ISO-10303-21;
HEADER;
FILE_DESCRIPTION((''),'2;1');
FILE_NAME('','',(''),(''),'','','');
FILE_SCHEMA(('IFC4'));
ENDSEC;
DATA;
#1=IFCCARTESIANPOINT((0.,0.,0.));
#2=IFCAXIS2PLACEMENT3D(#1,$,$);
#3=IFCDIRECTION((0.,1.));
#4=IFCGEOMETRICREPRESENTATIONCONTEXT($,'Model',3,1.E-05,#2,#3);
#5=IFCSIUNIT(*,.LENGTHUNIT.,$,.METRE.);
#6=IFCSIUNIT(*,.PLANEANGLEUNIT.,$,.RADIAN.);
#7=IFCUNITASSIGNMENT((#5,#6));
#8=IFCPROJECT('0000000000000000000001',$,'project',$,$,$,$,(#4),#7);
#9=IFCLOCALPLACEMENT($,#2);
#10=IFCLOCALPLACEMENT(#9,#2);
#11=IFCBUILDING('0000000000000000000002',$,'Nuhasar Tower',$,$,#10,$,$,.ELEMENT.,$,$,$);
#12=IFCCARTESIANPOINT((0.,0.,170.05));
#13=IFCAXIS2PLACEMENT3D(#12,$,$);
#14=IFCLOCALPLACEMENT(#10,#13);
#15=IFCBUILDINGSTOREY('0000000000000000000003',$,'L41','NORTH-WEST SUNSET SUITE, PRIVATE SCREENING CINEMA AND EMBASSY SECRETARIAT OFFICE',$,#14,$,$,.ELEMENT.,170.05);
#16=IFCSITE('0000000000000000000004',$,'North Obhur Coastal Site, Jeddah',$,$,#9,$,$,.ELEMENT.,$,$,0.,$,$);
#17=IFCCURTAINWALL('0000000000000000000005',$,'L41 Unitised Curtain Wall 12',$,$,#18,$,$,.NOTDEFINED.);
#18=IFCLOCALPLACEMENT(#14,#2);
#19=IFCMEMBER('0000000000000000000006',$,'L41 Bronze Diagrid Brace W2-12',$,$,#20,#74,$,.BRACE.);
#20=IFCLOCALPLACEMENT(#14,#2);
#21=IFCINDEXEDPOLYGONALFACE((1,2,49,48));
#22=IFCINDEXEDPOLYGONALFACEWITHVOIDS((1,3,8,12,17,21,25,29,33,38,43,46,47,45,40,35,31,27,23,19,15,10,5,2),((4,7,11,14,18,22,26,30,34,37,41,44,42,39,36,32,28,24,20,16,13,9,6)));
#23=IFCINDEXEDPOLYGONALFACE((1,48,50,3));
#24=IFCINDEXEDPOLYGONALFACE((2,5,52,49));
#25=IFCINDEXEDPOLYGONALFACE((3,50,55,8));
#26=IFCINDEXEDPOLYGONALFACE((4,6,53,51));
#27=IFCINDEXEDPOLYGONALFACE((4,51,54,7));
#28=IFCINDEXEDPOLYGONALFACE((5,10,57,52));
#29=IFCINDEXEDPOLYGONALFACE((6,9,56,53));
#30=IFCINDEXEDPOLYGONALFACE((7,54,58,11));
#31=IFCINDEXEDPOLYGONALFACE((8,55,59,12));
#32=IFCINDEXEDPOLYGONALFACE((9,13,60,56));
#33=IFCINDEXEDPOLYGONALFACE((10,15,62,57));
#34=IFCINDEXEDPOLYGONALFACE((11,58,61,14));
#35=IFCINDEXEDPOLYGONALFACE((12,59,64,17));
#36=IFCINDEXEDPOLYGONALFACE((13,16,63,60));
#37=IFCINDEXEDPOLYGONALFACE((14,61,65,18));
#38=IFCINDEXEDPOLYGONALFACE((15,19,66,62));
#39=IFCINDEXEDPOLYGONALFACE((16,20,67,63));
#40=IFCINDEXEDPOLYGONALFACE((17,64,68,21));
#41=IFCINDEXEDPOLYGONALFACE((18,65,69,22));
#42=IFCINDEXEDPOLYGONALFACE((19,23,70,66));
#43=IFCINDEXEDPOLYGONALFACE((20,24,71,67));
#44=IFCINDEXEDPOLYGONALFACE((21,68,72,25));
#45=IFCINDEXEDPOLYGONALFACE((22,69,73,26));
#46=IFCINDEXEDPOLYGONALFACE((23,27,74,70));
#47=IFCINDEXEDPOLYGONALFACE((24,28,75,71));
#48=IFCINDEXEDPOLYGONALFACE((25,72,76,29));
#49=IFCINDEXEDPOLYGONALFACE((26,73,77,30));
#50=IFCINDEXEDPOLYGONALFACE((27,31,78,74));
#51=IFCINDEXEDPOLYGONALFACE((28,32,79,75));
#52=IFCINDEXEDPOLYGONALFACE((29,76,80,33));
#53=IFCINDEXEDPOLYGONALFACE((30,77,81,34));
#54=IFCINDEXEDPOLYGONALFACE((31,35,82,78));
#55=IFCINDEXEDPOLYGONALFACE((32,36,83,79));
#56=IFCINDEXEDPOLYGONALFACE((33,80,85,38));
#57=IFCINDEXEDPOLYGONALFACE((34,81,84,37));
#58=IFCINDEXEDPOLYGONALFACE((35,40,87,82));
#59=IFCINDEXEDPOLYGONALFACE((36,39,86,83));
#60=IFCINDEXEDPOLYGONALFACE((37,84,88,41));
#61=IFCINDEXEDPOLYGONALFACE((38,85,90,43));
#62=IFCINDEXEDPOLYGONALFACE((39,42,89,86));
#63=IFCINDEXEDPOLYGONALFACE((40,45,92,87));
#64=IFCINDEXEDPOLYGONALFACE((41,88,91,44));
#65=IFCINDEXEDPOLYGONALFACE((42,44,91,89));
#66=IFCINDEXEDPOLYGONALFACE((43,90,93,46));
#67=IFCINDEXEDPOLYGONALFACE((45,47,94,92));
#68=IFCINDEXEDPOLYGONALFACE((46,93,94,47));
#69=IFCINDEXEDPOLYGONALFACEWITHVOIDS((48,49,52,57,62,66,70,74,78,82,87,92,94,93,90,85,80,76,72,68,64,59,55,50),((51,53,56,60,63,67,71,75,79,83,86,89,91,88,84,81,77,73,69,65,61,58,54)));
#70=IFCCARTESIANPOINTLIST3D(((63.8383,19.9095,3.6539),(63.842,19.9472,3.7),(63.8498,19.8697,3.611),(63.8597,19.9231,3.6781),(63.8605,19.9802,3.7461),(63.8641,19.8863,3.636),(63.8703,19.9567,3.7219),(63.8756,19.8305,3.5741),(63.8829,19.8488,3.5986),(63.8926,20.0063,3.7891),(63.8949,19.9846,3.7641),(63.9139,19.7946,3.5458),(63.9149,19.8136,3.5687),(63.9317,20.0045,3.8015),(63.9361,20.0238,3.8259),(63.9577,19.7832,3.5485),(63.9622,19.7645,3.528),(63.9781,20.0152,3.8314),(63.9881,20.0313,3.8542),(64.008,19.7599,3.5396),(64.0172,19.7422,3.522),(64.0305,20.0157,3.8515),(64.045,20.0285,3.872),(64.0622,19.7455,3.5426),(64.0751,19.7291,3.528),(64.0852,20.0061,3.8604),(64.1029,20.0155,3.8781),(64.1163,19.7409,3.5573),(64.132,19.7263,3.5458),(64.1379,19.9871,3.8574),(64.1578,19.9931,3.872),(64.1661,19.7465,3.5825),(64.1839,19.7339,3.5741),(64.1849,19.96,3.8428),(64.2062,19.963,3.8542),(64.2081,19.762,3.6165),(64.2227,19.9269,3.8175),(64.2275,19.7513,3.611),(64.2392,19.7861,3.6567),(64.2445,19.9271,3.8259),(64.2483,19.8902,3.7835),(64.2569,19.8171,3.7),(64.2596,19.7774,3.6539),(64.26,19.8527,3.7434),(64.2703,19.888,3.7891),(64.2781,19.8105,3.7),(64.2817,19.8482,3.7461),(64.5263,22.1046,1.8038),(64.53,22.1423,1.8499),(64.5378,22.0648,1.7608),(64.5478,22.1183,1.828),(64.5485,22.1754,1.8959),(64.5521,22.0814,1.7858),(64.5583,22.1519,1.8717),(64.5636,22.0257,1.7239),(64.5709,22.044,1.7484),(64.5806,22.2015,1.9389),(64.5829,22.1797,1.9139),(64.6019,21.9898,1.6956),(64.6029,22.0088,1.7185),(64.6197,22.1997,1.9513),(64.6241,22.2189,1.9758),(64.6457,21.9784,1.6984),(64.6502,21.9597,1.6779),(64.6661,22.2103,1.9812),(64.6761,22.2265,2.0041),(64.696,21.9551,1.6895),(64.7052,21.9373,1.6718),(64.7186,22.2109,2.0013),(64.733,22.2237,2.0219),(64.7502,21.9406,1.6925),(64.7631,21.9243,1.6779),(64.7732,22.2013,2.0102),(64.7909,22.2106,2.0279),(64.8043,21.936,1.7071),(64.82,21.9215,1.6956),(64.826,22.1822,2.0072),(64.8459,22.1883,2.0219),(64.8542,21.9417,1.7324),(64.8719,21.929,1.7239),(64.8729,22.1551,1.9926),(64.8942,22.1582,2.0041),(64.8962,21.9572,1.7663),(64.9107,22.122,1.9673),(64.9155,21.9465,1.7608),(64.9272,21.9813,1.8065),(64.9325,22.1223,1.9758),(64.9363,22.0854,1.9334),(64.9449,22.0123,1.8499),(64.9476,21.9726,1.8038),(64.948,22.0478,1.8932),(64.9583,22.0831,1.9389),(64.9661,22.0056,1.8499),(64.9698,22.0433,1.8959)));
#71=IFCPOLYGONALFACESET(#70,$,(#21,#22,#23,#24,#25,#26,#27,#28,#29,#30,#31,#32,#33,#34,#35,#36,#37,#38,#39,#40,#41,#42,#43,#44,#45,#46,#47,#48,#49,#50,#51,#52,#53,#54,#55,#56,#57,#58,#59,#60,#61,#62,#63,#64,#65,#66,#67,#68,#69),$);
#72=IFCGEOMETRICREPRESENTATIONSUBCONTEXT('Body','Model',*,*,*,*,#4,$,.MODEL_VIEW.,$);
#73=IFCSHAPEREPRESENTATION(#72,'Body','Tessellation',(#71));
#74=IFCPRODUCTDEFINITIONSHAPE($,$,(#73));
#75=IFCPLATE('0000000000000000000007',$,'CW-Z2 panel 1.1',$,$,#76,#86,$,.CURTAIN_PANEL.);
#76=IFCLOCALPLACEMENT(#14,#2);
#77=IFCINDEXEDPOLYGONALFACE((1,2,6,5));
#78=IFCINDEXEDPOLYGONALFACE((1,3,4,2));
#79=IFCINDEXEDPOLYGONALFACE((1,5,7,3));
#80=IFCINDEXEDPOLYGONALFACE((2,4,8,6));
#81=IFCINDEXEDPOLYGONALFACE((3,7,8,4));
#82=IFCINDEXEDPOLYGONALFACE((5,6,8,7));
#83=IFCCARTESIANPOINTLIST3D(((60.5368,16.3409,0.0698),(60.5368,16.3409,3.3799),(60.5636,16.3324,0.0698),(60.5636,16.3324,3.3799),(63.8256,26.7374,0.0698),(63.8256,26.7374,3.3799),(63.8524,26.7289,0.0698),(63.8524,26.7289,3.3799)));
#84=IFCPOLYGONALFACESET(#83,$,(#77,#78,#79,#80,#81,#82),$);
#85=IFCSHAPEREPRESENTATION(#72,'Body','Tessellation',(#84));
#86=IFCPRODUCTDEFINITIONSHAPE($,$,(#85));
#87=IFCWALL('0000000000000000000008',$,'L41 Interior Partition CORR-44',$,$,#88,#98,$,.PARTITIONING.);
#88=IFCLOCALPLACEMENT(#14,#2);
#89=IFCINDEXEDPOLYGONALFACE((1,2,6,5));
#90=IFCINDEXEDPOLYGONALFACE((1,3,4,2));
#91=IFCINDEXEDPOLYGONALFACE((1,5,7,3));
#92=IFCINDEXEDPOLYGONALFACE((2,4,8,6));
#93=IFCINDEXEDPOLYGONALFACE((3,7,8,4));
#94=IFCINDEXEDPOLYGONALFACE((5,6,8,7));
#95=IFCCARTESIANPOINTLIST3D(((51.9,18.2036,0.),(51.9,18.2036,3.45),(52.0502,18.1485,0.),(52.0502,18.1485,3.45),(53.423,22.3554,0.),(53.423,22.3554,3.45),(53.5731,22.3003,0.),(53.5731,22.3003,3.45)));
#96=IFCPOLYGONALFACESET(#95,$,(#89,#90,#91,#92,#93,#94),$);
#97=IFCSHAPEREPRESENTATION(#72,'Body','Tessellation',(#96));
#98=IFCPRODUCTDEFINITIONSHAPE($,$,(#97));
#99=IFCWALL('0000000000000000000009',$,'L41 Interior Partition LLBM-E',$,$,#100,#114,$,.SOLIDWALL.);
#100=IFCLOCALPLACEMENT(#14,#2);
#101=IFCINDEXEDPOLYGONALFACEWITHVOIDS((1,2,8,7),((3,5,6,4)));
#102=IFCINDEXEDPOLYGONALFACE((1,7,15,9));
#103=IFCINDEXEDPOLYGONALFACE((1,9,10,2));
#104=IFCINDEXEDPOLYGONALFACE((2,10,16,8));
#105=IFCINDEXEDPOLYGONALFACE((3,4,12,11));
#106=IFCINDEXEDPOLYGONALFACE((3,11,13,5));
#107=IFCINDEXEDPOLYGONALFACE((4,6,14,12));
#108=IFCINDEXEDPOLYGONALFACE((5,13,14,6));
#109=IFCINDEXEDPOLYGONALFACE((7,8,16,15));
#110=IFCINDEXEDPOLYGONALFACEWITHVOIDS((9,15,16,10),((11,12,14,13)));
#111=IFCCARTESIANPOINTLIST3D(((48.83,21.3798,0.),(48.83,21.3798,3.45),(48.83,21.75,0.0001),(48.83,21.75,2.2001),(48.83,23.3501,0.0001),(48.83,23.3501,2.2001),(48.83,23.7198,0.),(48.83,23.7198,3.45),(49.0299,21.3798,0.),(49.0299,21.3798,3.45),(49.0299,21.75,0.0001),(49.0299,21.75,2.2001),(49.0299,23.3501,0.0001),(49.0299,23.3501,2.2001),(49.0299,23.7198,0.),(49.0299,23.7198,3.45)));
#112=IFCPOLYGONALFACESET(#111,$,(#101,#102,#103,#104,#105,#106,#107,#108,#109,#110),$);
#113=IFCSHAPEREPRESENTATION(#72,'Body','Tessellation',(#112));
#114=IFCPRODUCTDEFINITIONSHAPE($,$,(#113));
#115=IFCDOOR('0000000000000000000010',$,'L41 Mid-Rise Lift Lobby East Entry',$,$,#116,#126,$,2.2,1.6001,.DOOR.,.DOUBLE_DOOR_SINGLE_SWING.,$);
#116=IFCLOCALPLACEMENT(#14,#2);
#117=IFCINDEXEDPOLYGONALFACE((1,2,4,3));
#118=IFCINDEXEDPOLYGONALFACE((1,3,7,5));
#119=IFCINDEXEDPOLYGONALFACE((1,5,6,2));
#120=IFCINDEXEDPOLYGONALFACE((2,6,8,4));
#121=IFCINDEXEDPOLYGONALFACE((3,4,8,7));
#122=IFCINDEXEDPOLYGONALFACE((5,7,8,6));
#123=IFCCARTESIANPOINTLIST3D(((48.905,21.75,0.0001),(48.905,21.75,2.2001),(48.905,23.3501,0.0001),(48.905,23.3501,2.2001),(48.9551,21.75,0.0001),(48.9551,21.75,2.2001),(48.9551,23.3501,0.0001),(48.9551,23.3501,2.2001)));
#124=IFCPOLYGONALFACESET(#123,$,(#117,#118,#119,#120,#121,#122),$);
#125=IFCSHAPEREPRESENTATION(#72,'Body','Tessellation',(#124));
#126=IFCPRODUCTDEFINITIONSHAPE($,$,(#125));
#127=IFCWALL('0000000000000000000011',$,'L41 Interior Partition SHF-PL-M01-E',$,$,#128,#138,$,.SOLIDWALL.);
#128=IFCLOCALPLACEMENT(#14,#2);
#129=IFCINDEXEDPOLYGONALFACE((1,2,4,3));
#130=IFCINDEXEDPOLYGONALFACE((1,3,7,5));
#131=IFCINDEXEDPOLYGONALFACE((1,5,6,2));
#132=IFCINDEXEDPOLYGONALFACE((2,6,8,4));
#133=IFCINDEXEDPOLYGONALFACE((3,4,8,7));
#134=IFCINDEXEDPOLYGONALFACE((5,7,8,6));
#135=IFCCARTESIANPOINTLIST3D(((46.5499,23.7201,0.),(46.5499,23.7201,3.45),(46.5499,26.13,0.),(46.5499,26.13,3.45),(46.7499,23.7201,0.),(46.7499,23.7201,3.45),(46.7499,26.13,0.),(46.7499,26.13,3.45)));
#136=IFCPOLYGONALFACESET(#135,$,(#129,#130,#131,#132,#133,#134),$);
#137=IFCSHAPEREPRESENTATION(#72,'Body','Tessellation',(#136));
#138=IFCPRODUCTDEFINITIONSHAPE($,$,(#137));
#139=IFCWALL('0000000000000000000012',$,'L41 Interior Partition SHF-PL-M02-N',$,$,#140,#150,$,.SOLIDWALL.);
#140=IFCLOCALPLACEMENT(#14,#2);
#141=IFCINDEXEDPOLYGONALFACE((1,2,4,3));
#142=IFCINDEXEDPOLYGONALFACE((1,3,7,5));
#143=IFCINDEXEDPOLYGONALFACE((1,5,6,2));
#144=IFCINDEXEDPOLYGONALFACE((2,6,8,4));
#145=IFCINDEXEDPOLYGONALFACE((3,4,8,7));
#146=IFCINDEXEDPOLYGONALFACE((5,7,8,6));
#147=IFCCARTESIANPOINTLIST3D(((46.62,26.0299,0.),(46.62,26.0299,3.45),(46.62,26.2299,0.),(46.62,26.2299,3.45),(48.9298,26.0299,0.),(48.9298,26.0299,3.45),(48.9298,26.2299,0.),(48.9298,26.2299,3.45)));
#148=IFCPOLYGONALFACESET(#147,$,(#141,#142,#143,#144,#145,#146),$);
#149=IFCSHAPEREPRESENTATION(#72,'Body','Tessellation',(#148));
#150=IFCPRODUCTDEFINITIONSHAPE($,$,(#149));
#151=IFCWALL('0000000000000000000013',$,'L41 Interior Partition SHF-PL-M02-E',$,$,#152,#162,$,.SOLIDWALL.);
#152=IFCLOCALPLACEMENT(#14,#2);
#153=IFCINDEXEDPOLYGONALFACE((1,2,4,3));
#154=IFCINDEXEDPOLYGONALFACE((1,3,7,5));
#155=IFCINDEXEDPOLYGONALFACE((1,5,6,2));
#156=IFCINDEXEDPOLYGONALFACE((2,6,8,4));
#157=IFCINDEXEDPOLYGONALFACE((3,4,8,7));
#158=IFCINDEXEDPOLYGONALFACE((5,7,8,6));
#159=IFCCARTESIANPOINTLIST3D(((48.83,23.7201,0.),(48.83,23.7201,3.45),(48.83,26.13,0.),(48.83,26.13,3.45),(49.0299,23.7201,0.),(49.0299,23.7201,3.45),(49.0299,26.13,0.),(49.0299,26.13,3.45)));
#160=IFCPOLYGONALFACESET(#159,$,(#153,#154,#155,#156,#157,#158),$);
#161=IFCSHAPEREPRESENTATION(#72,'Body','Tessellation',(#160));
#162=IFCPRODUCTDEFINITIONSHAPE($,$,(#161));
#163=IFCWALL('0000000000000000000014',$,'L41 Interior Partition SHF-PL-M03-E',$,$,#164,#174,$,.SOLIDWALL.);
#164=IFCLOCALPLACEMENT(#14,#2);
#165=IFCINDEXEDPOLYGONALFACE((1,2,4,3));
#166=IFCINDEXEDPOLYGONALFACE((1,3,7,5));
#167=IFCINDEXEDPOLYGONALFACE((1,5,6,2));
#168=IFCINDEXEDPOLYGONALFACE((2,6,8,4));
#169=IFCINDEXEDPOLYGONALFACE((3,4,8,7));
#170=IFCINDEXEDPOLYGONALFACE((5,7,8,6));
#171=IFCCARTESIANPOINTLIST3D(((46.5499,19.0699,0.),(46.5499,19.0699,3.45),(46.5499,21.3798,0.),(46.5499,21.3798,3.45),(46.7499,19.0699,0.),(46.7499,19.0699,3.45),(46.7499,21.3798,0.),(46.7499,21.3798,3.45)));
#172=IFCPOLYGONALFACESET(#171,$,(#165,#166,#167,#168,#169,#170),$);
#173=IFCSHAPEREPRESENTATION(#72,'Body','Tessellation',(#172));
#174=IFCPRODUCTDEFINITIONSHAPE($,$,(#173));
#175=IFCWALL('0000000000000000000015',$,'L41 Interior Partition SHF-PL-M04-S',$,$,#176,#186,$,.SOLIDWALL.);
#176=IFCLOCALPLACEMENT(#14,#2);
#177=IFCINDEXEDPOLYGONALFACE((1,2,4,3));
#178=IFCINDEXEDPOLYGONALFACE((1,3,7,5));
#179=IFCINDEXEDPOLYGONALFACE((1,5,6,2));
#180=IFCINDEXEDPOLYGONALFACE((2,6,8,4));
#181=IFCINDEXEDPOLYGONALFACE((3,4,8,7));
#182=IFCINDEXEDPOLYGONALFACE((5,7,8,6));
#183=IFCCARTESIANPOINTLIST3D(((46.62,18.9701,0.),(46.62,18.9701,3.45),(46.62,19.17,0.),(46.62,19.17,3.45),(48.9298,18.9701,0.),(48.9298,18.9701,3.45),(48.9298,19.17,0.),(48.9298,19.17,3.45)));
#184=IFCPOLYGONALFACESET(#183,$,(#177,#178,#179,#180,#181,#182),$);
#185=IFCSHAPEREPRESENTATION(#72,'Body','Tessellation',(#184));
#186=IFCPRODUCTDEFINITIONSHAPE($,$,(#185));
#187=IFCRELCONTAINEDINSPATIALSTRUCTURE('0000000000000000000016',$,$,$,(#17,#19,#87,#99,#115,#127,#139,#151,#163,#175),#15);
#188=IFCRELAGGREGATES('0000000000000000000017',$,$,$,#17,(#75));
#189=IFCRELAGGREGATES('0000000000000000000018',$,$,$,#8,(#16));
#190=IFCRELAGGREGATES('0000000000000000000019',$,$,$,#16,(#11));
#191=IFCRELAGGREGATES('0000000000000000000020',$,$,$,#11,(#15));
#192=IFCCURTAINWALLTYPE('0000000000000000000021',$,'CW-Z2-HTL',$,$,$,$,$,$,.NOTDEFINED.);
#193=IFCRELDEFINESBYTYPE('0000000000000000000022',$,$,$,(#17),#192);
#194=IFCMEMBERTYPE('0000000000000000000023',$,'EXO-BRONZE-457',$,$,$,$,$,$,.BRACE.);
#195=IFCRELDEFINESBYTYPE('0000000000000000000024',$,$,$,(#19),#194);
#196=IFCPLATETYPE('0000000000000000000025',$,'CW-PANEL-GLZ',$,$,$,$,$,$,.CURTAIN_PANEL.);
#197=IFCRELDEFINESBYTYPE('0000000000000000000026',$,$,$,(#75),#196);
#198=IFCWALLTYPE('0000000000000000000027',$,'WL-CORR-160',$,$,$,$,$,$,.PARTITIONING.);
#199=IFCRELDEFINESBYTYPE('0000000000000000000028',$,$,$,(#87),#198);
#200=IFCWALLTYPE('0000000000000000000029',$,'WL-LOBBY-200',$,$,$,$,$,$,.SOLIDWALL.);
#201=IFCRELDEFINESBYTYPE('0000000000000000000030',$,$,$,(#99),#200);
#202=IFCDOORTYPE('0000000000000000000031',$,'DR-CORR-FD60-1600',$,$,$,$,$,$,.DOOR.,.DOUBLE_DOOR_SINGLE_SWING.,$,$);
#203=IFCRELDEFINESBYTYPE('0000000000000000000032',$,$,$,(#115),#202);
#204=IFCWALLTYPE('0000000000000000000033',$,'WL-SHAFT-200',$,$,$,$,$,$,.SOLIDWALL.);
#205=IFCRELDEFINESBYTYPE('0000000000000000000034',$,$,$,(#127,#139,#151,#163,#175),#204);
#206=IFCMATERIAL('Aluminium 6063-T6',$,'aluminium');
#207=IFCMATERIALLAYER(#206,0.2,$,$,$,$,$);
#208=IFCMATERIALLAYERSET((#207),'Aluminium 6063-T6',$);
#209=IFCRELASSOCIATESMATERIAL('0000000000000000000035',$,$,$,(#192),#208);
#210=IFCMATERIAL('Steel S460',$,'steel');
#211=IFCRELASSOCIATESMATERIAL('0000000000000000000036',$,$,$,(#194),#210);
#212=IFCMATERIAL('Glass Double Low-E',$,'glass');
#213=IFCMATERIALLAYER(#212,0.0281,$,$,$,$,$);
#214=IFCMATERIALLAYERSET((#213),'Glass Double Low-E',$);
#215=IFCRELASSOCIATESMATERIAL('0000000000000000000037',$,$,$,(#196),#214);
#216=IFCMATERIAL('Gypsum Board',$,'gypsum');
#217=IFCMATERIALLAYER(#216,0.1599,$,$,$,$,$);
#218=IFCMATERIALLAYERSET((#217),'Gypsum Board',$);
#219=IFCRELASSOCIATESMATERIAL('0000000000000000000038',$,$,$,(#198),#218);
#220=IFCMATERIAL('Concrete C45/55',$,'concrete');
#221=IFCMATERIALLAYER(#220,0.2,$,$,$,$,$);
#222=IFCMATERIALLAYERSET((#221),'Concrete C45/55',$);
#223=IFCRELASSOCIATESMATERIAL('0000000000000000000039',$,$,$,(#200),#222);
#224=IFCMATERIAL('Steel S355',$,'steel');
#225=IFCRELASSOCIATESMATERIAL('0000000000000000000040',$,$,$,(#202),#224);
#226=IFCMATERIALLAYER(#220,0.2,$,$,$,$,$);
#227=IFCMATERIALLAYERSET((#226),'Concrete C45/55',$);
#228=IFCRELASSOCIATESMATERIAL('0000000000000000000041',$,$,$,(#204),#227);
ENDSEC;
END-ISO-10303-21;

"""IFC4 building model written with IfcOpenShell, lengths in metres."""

from ifc_helpers import new_model, si_unit, direction, frame, frame_2d, origin, origin_2d, place, context, subcontext, project, spatial, rectangle, hollow_circle, extrude, material, layer, layer_set, material_profile, profile_set, type_object, element, fill, aggregate, save


model = new_model("IFC4")

# Units and contexts
model_context = context("Model", 3, precision=1e-05, world=origin(), true_north=direction((0.0, 1.0)))
body_context = subcontext(model_context, "Body", "Model", "MODEL_VIEW")
ifc_project = project(units=[si_unit("LENGTHUNIT", "METRE"), si_unit("PLANEANGLEUNIT", "RADIAN")], contexts=[model_context])

# Site, building, storey
site_placement = place(None, origin())
site = spatial("IfcSite", under=ifc_project, at=site_placement, Name="North Obhur Coastal Site, Jeddah", CompositionType="ELEMENT", RefElevation=0.0)
building_placement = place(site_placement, origin())
building = spatial("IfcBuilding", under=site, at=building_placement, Name="Nuhasar Tower", CompositionType="ELEMENT")
storey_placement = place(building_placement, frame((0.0, 0.0, 170.05)))
storey = spatial("IfcBuildingStorey", under=building, at=storey_placement, Name="L41", Description="NORTH-WEST SUNSET SUITE, PRIVATE SCREENING CINEMA AND EMBASSY SECRETARIAT OFFICE", CompositionType="ELEMENT", Elevation=170.05)

# Shared definitions
ifc_material_1 = material(Name="Steel S355", Category="steel")

# Curtain wall
ifc_material_2 = material(Name="Aluminium 6063-T6", Category="aluminium")
ifc_layer_1 = layer(ifc_material_2, 0.2)
ifc_layer_set_1 = layer_set([ifc_layer_1], Name="Aluminium 6063-T6")
curtain_wall_type = type_object("IfcCurtainWallType", Name="CW-Z2-HTL", PredefinedType="NOTDEFINED", material=ifc_layer_set_1)
curtain_wall_placement = place(storey_placement, origin())
curtain_wall = element("IfcCurtainWall", 1, at=curtain_wall_placement, inside=storey, type_object=curtain_wall_type, Name="L41 Unitised Curtain Wall 12", PredefinedType="NOTDEFINED")

# Member
ifc_material_3 = material(Name="Steel S460", Category="steel")
ifc_material_profile_1 = material_profile(ifc_material_3, hollow_circle(Radius=0.2285, WallThickness=0.0222, at=origin_2d()), Name="HSS457X22.2")
ifc_profile_set_1 = profile_set([ifc_material_profile_1], Name="Steel S460")
member_type_1 = type_object("IfcMemberType", Name="EXO-BRONZE-457", PredefinedType="BRACE", material=ifc_profile_set_1)
member_1_placement = place(storey_placement, frame((64.748, 22.074, 1.8499), z_axis=(-0.233056, -0.743578, 0.626719), x_axis=(0.954228, -0.299079, 0.0)))
element("IfcMember", 2, at=member_1_placement, inside=storey, type_object=member_type_1, Name="L41 Bronze Diagrid Brace W2-12", PredefinedType="BRACE", context=body_context, shape_type="SweptSolid", body=[
    extrude(hollow_circle(Radius=0.2285, WallThickness=0.0222, at=origin_2d()), origin(), (0.0, 0.0, 1.0), 2.9521),
])

# Plate
ifc_material_4 = material(Name="Glass Double Low-E", Category="glass")
ifc_layer_2 = layer(ifc_material_4, 0.0281)
ifc_layer_set_2 = layer_set([ifc_layer_2], Name="Glass Double Low-E")
plate_type = type_object("IfcPlateType", Name="CW-PANEL-GLZ", PredefinedType="CURTAIN_PANEL", material=ifc_layer_set_2)
plate_placement = place(storey_placement, frame((62.1946, 21.5349, 0.0698), z_axis=(0.0, 0.0, 1.0), x_axis=(0.301604, 0.953433, 0.0)))
plate = element("IfcPlate", 3, at=plate_placement, type_object=plate_type, Name="CW-Z2 panel 1.1", PredefinedType="CURTAIN_PANEL", context=body_context, shape_type="SweptSolid", body=[
    extrude(rectangle(XDim=10.9043, YDim=0.0281, at=origin_2d()), origin(), (0.0, 0.0, 1.0), 3.3101),
])
aggregate(curtain_wall, [plate])

# Wall
ifc_material_5 = material(Name="Gypsum Board", Category="gypsum")
ifc_layer_3 = layer(ifc_material_5, 0.1599)
ifc_layer_set_3 = layer_set([ifc_layer_3], Name="Gypsum Board")
wall_type_1 = type_object("IfcWallType", Name="WL-CORR-160", PredefinedType="PARTITIONING", material=ifc_layer_set_3)
wall_1_placement = place(storey_placement, frame((51.9751, 18.176, 0.0), z_axis=(0.0, 0.0, 1.0), x_axis=(0.344375, 0.938832, 0.0)))
element("IfcWall", 4, at=wall_1_placement, inside=storey, type_object=wall_type_1, Name="L41 Interior Partition CORR-44", PredefinedType="PARTITIONING", context=body_context, shape_type="SweptSolid", body=[
    extrude(rectangle(XDim=4.4224, YDim=0.1599, at=frame_2d((2.2112, 0.0))), origin(), (0.0, 0.0, 1.0), 3.45),
])

# Wall, opening, door
ifc_material_6 = material(Name="Concrete C45/55", Category="concrete")
ifc_layer_4 = layer(ifc_material_6, 0.2)
ifc_layer_set_4 = layer_set([ifc_layer_4], Name="Concrete C45/55")
wall_type_2 = type_object("IfcWallType", Name="WL-LOBBY-200", PredefinedType="SOLIDWALL", material=ifc_layer_set_4)
wall_2_placement = place(storey_placement, frame((48.9299, 21.3799, 0.0), z_axis=(0.0, 0.0, 1.0), x_axis=(0.0, 1.0, 0.0)))
wall_2 = element("IfcWall", 5, at=wall_2_placement, inside=storey, type_object=wall_type_2, Name="L41 Interior Partition LLBM-E", PredefinedType="SOLIDWALL", context=body_context, shape_type="SweptSolid", body=[
    extrude(rectangle(XDim=2.3401, YDim=0.2, at=frame_2d((1.1699, 0.0))), origin(), (0.0, 0.0, 1.0), 3.45),
])
opening_1_placement = place(wall_2_placement, frame((0.3701, 0.0, 0.0)))
opening_1 = element("IfcOpeningElement", 6, at=opening_1_placement, cuts=wall_2, PredefinedType="OPENING", context=body_context, shape_type="SweptSolid", body=[
    extrude(rectangle(XDim=1.6001, YDim=2.2, at=frame_2d((0.8, 1.1001))), frame((0.0, 0.1099, 0.0), z_axis=(0.0, -1.0, 0.0), x_axis=(1.0, 0.0, 0.0)), (0.0, 0.0, 1.0), 0.22),
])
door_type_1 = type_object("IfcDoorType", Name="DR-CORR-FD60-1600", OperationType="DOUBLE_DOOR_SINGLE_SWING", PredefinedType="DOOR", material=ifc_material_1)
door_1_placement = place(opening_1_placement, origin())
door_1 = element("IfcDoor", 7, at=door_1_placement, inside=storey, type_object=door_type_1, Name="L41 Mid-Rise Lift Lobby East Entry", OperationType="DOUBLE_DOOR_SINGLE_SWING", OverallHeight=2.2, OverallWidth=1.6001, PredefinedType="DOOR", context=body_context, shape_type="SweptSolid", body=[
    extrude(rectangle(XDim=1.6001, YDim=2.2, at=frame_2d((0.8, 1.1001))), frame((0.0, 0.0249, 0.0), z_axis=(0.0, -1.0, 0.0), x_axis=(1.0, 0.0, 0.0)), (0.0, 0.0, 1.0), 0.05),
])
fill(opening_1, door_1)

# Wall
ifc_layer_5 = layer(ifc_material_6, 0.2)
ifc_layer_set_5 = layer_set([ifc_layer_5], Name="Concrete C45/55")
wall_type_3 = type_object("IfcWallType", Name="WL-SHAFT-200", PredefinedType="SOLIDWALL", material=ifc_layer_set_5)
wall_3_placement = place(storey_placement, frame((46.6499, 23.72, 0.0), z_axis=(0.0, 0.0, 1.0), x_axis=(0.0, 1.0, 0.0)))
element("IfcWall", 8, at=wall_3_placement, inside=storey, type_object=wall_type_3, Name="L41 Interior Partition SHF-PL-M01-E", PredefinedType="SOLIDWALL", context=body_context, shape_type="SweptSolid", body=[
    extrude(rectangle(XDim=2.4099, YDim=0.2, at=frame_2d((1.2051, 0.0))), origin(), (0.0, 0.0, 1.0), 3.45),
])

# Walls
wall_4_placement = place(storey_placement, frame((46.6201, 26.1299, 0.0), z_axis=(0.0, 0.0, 1.0), x_axis=(1.0, 0.0, 0.0)))
element("IfcWall", 9, at=wall_4_placement, inside=storey, type_object=wall_type_3, Name="L41 Interior Partition SHF-PL-M02-N", PredefinedType="SOLIDWALL", context=body_context, shape_type="SweptSolid", body=[
    extrude(rectangle(XDim=2.3098, YDim=0.2, at=frame_2d((1.1548, 0.0))), origin(), (0.0, 0.0, 1.0), 3.45),
])
wall_5_placement = place(storey_placement, frame((48.9299, 23.72, 0.0), z_axis=(0.0, 0.0, 1.0), x_axis=(0.0, 1.0, 0.0)))
element("IfcWall", 10, at=wall_5_placement, inside=storey, type_object=wall_type_3, Name="L41 Interior Partition SHF-PL-M02-E", PredefinedType="SOLIDWALL", context=body_context, shape_type="SweptSolid", body=[
    extrude(rectangle(XDim=2.4099, YDim=0.2, at=frame_2d((1.2051, 0.0))), origin(), (0.0, 0.0, 1.0), 3.45),
])
for number, where, z_axis, x_axis, name in (
    (11, (46.6499, 19.0701, 0.0), (0.0, 0.0, 1.0), (0.0, 1.0, 0.0), "L41 Interior Partition SHF-PL-M03-E"),
    (12, (46.6201, 19.0701, 0.0), (0.0, 0.0, 1.0), (1.0, 0.0, 0.0), "L41 Interior Partition SHF-PL-M04-S"),
):
    element("IfcWall", number, at=place(storey_placement, frame(where, z_axis=z_axis, x_axis=x_axis)), inside=storey, type_object=wall_type_3, Name=name, PredefinedType="SOLIDWALL", context=body_context, shape_type="SweptSolid", body=[
        extrude(rectangle(XDim=2.3098, YDim=0.2, at=frame_2d((1.1548, 0.0))), origin(), (0.0, 0.0, 1.0), 3.45),
    ])

save(model, "model.ifc")
